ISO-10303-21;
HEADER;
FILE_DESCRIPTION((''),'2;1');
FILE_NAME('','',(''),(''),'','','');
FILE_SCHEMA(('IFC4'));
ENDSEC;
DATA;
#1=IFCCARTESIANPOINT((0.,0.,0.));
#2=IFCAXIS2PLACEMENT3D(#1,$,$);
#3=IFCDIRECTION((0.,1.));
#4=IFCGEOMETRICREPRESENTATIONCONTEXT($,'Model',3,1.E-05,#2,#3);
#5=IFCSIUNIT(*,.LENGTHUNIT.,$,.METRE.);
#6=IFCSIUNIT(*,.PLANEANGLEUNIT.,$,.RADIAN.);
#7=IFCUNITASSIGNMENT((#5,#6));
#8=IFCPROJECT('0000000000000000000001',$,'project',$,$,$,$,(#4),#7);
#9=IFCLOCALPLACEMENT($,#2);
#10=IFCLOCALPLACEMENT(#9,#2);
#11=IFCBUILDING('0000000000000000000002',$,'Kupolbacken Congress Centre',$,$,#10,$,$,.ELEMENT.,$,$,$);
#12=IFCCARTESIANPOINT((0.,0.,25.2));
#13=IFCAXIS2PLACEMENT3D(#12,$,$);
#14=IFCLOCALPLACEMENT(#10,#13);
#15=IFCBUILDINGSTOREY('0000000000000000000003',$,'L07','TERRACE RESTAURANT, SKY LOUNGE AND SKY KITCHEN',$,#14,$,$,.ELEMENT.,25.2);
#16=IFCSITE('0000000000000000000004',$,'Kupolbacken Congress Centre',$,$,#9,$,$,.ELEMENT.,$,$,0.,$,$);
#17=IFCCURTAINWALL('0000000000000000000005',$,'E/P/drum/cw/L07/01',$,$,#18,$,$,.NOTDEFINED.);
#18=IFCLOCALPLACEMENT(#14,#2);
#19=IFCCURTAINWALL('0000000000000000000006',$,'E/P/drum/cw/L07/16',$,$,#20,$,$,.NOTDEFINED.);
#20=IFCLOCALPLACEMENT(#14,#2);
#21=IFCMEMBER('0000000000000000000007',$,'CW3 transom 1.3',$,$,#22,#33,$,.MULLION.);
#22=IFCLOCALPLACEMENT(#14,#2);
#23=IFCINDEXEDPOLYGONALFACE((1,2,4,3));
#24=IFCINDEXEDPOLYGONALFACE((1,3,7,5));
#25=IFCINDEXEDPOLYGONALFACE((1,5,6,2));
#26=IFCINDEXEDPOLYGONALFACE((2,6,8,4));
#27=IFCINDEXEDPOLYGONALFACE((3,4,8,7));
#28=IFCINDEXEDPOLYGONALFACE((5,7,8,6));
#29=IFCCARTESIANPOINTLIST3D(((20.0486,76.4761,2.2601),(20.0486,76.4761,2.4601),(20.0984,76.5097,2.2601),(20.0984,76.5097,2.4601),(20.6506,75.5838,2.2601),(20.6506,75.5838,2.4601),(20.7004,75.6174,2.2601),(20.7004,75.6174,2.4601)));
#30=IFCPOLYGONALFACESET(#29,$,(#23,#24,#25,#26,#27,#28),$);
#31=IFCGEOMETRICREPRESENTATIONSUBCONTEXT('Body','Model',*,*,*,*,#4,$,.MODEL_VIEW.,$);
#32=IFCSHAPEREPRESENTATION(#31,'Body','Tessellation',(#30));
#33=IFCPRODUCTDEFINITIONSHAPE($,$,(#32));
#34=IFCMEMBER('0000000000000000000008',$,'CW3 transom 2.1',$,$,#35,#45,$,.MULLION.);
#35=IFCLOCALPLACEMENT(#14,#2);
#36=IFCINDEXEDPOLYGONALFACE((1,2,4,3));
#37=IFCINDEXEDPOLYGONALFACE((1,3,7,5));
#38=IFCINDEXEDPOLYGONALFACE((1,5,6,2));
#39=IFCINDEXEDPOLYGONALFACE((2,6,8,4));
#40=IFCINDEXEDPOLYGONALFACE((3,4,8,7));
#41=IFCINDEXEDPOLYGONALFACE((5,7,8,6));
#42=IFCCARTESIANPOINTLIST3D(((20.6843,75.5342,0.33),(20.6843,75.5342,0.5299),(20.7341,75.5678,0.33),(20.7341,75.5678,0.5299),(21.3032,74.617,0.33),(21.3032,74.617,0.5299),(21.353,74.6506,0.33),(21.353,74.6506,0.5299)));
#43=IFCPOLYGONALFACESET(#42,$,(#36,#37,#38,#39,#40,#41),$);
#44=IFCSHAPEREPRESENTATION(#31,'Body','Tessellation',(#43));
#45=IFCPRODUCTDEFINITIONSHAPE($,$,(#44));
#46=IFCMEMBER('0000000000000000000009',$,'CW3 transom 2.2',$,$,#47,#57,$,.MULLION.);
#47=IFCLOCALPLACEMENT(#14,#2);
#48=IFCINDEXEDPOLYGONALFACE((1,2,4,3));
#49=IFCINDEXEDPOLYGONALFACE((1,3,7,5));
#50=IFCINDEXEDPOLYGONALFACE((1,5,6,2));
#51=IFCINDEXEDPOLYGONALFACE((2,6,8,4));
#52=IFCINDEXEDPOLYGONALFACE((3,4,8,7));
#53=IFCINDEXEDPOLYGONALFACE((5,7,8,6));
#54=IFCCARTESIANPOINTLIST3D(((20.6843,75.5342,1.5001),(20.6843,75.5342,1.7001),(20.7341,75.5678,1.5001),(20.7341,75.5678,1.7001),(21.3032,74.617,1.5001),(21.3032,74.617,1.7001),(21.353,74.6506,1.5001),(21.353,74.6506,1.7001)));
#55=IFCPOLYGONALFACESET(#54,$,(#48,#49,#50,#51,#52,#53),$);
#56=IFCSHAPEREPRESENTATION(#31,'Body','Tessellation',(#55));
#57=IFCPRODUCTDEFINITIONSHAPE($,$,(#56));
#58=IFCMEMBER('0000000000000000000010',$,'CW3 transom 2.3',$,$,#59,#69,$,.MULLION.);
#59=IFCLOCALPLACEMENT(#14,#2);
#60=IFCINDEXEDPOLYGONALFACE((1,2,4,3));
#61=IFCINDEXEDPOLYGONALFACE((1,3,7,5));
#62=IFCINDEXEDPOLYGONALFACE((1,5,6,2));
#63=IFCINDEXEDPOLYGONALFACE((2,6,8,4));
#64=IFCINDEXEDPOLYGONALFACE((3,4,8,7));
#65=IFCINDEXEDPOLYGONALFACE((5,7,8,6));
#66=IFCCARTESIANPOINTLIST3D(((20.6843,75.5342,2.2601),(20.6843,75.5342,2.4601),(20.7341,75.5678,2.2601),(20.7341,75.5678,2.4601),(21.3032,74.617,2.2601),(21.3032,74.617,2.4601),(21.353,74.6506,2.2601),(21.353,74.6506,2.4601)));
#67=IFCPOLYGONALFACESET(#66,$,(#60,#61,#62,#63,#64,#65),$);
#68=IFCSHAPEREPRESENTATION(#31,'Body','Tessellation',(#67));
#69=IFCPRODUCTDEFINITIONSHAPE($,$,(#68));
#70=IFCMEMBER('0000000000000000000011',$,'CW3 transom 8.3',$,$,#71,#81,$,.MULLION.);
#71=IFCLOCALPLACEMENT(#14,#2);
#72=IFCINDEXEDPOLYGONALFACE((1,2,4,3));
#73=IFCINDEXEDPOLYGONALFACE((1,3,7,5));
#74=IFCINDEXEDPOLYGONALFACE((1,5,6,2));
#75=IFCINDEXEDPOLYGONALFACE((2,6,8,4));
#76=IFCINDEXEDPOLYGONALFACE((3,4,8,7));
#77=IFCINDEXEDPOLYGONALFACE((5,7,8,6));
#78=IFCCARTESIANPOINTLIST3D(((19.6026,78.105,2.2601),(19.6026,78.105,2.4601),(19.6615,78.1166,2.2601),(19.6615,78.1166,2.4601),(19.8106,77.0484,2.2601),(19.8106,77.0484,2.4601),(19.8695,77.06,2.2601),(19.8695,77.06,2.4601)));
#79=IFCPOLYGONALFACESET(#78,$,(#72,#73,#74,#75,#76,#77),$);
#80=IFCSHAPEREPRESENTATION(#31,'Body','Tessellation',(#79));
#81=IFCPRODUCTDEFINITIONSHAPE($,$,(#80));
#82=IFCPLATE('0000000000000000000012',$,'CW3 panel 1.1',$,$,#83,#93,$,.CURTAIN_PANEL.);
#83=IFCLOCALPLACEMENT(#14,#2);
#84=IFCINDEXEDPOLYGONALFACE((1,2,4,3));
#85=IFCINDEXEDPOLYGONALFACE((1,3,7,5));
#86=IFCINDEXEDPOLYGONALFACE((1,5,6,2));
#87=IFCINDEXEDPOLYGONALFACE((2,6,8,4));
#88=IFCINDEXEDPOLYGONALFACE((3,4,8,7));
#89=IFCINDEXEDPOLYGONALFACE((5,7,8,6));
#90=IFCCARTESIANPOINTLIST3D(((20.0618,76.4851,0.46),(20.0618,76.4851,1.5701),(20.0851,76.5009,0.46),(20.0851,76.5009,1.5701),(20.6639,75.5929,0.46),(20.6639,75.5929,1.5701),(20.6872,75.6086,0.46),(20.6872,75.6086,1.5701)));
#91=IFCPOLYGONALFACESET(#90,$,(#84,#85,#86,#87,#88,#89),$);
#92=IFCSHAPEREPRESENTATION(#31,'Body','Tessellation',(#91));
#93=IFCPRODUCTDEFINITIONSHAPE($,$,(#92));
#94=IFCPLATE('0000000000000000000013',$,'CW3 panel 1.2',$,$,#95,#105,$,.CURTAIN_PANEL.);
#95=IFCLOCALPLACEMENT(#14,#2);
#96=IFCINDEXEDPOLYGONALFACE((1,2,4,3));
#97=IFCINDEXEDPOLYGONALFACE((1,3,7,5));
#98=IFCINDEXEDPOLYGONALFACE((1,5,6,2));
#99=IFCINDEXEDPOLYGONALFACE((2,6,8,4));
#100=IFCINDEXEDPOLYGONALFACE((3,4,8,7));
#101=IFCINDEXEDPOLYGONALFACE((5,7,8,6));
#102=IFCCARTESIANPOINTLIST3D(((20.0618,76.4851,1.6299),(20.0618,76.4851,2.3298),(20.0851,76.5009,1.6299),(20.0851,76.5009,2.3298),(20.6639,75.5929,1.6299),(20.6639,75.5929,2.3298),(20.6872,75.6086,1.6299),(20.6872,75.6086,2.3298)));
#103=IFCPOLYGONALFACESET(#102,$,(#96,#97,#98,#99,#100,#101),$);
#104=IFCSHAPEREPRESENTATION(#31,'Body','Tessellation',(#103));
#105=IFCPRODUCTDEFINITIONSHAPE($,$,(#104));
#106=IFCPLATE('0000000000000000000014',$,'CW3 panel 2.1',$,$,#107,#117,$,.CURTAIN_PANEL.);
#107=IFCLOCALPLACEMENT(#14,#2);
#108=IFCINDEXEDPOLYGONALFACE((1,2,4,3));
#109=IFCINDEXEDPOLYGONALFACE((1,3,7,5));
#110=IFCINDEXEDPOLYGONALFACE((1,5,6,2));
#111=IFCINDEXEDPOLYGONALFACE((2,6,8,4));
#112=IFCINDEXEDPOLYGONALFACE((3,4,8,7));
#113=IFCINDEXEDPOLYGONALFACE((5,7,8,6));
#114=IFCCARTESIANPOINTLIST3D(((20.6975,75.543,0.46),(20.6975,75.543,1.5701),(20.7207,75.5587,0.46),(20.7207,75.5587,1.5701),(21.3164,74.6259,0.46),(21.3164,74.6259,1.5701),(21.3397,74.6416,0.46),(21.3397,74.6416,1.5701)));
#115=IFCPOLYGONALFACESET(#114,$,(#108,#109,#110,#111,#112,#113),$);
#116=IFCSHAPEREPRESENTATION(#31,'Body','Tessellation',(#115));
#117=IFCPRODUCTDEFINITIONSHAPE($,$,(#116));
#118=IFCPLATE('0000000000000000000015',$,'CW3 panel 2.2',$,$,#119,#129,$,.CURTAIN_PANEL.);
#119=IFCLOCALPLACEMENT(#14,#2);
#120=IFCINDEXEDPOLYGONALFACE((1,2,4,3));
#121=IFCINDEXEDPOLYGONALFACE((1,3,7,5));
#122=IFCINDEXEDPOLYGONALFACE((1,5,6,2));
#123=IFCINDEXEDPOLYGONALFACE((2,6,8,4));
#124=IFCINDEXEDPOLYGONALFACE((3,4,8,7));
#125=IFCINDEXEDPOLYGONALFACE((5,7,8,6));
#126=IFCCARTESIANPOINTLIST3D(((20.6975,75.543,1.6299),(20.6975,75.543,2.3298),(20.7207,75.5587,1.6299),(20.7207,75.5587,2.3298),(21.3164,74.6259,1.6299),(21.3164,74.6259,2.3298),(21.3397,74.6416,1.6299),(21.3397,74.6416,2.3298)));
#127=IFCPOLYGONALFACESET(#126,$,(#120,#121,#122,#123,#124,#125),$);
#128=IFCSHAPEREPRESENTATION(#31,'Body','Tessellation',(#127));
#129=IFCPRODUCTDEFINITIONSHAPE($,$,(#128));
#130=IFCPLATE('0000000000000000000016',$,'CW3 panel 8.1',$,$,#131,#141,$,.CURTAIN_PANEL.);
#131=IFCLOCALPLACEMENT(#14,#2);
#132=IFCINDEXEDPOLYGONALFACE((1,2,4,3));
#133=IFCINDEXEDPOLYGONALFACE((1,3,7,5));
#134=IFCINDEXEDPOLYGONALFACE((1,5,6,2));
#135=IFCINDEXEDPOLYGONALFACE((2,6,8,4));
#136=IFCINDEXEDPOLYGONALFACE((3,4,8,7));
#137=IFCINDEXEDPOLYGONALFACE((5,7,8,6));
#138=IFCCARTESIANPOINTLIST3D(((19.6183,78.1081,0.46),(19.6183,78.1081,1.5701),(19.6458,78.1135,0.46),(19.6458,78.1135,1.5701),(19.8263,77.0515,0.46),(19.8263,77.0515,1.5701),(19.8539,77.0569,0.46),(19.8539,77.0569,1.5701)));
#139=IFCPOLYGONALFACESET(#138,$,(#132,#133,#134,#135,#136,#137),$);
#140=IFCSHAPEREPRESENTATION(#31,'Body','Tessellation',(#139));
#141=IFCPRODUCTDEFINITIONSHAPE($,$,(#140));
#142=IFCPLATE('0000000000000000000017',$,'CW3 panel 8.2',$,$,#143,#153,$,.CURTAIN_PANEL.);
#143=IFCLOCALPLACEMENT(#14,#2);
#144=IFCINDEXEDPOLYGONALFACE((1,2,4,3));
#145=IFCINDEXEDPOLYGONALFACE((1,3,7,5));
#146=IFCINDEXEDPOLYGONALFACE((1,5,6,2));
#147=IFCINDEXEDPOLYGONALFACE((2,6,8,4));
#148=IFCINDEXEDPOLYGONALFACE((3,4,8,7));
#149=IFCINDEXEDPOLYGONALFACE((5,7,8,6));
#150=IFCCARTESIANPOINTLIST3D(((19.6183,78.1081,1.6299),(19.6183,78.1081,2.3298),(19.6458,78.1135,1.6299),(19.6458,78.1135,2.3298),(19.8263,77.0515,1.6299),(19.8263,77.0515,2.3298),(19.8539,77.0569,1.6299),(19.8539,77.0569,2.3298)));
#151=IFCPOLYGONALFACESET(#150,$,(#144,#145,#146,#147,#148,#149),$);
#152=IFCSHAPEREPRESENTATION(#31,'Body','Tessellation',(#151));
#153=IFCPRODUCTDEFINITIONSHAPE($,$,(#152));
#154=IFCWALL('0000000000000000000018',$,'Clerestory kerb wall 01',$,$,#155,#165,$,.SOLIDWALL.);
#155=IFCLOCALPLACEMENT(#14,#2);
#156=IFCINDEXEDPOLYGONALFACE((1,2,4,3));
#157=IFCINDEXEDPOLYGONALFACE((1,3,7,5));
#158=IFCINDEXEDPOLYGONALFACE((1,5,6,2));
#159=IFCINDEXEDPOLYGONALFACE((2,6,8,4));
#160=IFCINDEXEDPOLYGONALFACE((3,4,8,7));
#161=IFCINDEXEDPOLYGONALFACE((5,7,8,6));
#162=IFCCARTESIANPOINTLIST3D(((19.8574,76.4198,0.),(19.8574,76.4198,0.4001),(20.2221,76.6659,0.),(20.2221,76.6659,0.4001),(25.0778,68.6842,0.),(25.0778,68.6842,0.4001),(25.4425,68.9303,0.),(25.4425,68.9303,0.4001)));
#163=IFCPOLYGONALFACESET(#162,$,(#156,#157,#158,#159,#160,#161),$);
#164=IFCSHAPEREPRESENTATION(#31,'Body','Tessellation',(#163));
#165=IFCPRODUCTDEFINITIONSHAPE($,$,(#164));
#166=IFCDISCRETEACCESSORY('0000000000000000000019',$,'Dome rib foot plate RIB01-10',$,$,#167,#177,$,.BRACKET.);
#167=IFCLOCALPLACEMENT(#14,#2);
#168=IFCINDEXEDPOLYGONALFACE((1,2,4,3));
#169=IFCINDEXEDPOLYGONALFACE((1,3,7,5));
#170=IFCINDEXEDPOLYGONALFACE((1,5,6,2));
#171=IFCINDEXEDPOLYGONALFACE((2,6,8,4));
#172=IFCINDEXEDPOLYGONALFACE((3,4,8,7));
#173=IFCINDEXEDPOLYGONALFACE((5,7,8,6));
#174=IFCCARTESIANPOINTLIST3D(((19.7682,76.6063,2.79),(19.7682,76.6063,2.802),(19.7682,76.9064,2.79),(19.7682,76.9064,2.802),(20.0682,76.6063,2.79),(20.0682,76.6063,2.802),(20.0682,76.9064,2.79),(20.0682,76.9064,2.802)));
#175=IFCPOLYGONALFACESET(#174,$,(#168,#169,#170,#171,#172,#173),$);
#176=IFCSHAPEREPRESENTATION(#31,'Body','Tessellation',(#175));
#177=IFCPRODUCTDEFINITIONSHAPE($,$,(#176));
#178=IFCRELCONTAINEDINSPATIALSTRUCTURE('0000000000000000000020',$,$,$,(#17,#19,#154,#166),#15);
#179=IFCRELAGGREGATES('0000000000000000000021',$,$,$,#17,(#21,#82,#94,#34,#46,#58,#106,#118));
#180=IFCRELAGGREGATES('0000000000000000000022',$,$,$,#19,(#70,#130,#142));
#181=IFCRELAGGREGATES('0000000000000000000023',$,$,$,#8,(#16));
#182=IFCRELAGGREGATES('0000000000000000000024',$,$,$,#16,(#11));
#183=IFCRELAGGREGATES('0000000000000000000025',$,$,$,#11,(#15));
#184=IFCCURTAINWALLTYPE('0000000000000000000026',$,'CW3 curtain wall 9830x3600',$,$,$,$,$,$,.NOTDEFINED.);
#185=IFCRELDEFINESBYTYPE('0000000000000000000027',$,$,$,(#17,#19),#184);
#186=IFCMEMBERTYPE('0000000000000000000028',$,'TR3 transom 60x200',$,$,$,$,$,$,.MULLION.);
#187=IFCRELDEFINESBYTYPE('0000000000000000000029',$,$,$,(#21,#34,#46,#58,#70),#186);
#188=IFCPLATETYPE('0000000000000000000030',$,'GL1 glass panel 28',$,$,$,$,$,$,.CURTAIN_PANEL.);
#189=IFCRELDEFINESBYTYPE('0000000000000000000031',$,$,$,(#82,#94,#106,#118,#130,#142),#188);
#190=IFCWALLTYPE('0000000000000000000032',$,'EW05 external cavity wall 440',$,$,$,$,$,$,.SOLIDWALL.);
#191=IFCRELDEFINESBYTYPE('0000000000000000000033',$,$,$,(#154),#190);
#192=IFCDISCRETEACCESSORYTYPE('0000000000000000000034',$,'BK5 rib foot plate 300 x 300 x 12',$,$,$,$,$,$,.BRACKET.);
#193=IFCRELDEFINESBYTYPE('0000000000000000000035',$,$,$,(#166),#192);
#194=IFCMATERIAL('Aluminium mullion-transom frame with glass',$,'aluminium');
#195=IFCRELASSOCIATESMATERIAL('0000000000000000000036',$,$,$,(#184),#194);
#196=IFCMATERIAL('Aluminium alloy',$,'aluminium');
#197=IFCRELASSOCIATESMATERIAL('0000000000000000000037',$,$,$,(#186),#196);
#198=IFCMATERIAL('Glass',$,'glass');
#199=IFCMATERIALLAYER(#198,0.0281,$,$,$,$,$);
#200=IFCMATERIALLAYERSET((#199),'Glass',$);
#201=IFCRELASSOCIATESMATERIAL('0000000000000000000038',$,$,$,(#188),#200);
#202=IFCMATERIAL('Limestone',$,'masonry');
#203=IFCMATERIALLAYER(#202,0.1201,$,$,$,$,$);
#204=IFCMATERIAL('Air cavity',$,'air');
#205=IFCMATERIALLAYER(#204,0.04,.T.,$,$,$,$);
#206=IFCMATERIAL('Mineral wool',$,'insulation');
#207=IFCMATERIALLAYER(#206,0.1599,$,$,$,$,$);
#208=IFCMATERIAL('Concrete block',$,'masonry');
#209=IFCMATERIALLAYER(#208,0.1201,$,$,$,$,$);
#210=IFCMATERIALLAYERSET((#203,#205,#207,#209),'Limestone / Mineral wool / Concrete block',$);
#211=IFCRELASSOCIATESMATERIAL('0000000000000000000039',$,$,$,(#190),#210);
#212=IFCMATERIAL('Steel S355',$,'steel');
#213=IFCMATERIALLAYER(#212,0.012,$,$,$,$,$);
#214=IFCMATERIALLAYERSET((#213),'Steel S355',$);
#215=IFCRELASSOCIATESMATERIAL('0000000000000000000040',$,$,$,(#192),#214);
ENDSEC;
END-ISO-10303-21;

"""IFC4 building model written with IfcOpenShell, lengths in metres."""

from ifc_helpers import new_model, si_unit, direction, frame, frame_2d, origin, origin_2d, place, context, subcontext, project, spatial, rectangle, extrude, material, layer, layer_set, material_profile, profile_set, type_object, element, aggregate, save


model = new_model("IFC4")

# Units and contexts
model_context = context("Model", 3, precision=1e-05, world=origin(), true_north=direction((0.0, 1.0)))
body_context = subcontext(model_context, "Body", "Model", "MODEL_VIEW")
ifc_project = project(units=[si_unit("LENGTHUNIT", "METRE"), si_unit("PLANEANGLEUNIT", "RADIAN")], contexts=[model_context])

# Site, building, storey
site_placement = place(None, origin())
site = spatial("IfcSite", under=ifc_project, at=site_placement, Name="Kupolbacken Congress Centre", CompositionType="ELEMENT", RefElevation=0.0)
building_placement = place(site_placement, origin())
building = spatial("IfcBuilding", under=site, at=building_placement, Name="Kupolbacken Congress Centre", CompositionType="ELEMENT")
storey_placement = place(building_placement, frame((0.0, 0.0, 25.2)))
storey = spatial("IfcBuildingStorey", under=building, at=storey_placement, Name="L07", Description="TERRACE RESTAURANT, SKY LOUNGE AND SKY KITCHEN", CompositionType="ELEMENT", Elevation=25.2)

# Curtain wall
ifc_material_1 = material(Name="Aluminium mullion-transom frame with glass", Category="aluminium")
curtain_wall_type = type_object("IfcCurtainWallType", Name="CW3 curtain wall 9830x3600", PredefinedType="NOTDEFINED", material=ifc_material_1)
curtain_wall_1_placement = place(storey_placement, origin())
curtain_wall_1 = element("IfcCurtainWall", 1, at=curtain_wall_1_placement, inside=storey, type_object=curtain_wall_type, Name="E/P/drum/cw/L07/01", PredefinedType="NOTDEFINED")

# Curtain wall
curtain_wall_2_placement = place(storey_placement, origin())
curtain_wall_2 = element("IfcCurtainWall", 2, at=curtain_wall_2_placement, inside=storey, type_object=curtain_wall_type, Name="E/P/drum/cw/L07/16", PredefinedType="NOTDEFINED")

# Members
ifc_material_2 = material(Name="Aluminium alloy", Category="aluminium")
ifc_material_profile_1 = material_profile(ifc_material_2, rectangle(XDim=0.0601, YDim=0.2, at=origin_2d()), Name="60 x 200")
ifc_profile_set_1 = profile_set([ifc_material_profile_1], Name="Aluminium alloy")
member_type_1 = type_object("IfcMemberType", Name="TR3 transom 60x200", PredefinedType="MULLION", material=ifc_profile_set_1)
member_1_placement = place(storey_placement, frame((20.0735, 76.4929, 2.3601), z_axis=(0.559298, -0.828967, 0.0), x_axis=(0.828967, 0.559298, 0.0)))
member_1 = element("IfcMember", 3, at=member_1_placement, type_object=member_type_1, Name="CW3 transom 1.3", PredefinedType="MULLION", context=body_context, shape_type="SweptSolid", body=[
    extrude(rectangle(XDim=0.0601, YDim=0.2, at=origin_2d()), origin(), (0.0, 0.0, 1.0), 1.0764),
])
member_2_placement = place(storey_placement, frame((20.7092, 75.551, 0.4299), z_axis=(0.559325, -0.828948, 0.0), x_axis=(0.828948, 0.559325, 0.0)))
member_2 = element("IfcMember", 4, at=member_2_placement, type_object=member_type_1, Name="CW3 transom 2.1", PredefinedType="MULLION", context=body_context, shape_type="SweptSolid", body=[
    extrude(rectangle(XDim=0.0601, YDim=0.2, at=origin_2d()), origin(), (0.0, 0.0, 1.0), 1.1064),
])
member_3_placement = place(storey_placement, frame((20.7092, 75.551, 1.6001), z_axis=(0.559325, -0.828948, 0.0), x_axis=(0.828948, 0.559325, 0.0)))
member_3 = element("IfcMember", 5, at=member_3_placement, type_object=member_type_1, Name="CW3 transom 2.2", PredefinedType="MULLION", context=body_context, shape_type="SweptSolid", body=[
    extrude(rectangle(XDim=0.0601, YDim=0.2, at=origin_2d()), origin(), (0.0, 0.0, 1.0), 1.1064),
])
member_4_placement = place(storey_placement, frame((20.7092, 75.551, 2.3601), z_axis=(0.559325, -0.828948, 0.0), x_axis=(0.828948, 0.559325, 0.0)))
member_4 = element("IfcMember", 6, at=member_4_placement, type_object=member_type_1, Name="CW3 transom 2.3", PredefinedType="MULLION", context=body_context, shape_type="SweptSolid", body=[
    extrude(rectangle(XDim=0.0601, YDim=0.2, at=origin_2d()), origin(), (0.0, 0.0, 1.0), 1.1064),
])
member_5_placement = place(storey_placement, frame((19.6321, 78.1108, 2.3601), z_axis=(0.193151, -0.981169, 0.0), x_axis=(0.981169, 0.193151, 0.0)))
member_5 = element("IfcMember", 7, at=member_5_placement, type_object=member_type_1, Name="CW3 transom 8.3", PredefinedType="MULLION", context=body_context, shape_type="SweptSolid", body=[
    extrude(rectangle(XDim=0.0601, YDim=0.2, at=origin_2d()), origin(), (0.0, 0.0, 1.0), 1.0769),
])

# Plates
ifc_material_3 = material(Name="Glass", Category="glass")
ifc_layer_1 = layer(ifc_material_3, 0.0281)
ifc_layer_set_1 = layer_set([ifc_layer_1], Name="Glass")
plate_type = type_object("IfcPlateType", Name="GL1 glass panel 28", PredefinedType="CURTAIN_PANEL", material=ifc_layer_set_1)
plate_1_placement = place(storey_placement, frame((20.3745, 76.0469, 0.46), z_axis=(0.0, 0.0, 1.0), x_axis=(0.559386, -0.828908, 0.0)))
plate_1 = element("IfcPlate", 8, at=plate_1_placement, type_object=plate_type, Name="CW3 panel 1.1", PredefinedType="CURTAIN_PANEL", context=body_context, shape_type="SweptSolid", body=[
    extrude(rectangle(XDim=1.0764, YDim=0.0281, at=origin_2d()), origin(), (0.0, 0.0, 1.0), 1.1101),
])
plate_2_placement = place(storey_placement, frame((20.3745, 76.0469, 1.6299), z_axis=(0.0, 0.0, 1.0), x_axis=(0.559386, -0.828908, 0.0)))
plate_2 = element("IfcPlate", 9, at=plate_2_placement, type_object=plate_type, Name="CW3 panel 1.2", PredefinedType="CURTAIN_PANEL", context=body_context, shape_type="SweptSolid", body=[
    extrude(rectangle(XDim=1.0764, YDim=0.0281, at=origin_2d()), origin(), (0.0, 0.0, 1.0), 0.7),
])
plate_3_placement = place(storey_placement, frame((21.0186, 75.0923, 0.46), z_axis=(0.0, 0.0, 1.0), x_axis=(0.559386, -0.828908, 0.0)))
plate_3 = element("IfcPlate", 10, at=plate_3_placement, type_object=plate_type, Name="CW3 panel 2.1", PredefinedType="CURTAIN_PANEL", context=body_context, shape_type="SweptSolid", body=[
    extrude(rectangle(XDim=1.1064, YDim=0.0281, at=origin_2d()), origin(), (0.0, 0.0, 1.0), 1.1101),
])
plate_4_placement = place(storey_placement, frame((21.0186, 75.0923, 1.6299), z_axis=(0.0, 0.0, 1.0), x_axis=(0.559386, -0.828908, 0.0)))
plate_4 = element("IfcPlate", 11, at=plate_4_placement, type_object=plate_type, Name="CW3 panel 2.2", PredefinedType="CURTAIN_PANEL", context=body_context, shape_type="SweptSolid", body=[
    extrude(rectangle(XDim=1.1064, YDim=0.0281, at=origin_2d()), origin(), (0.0, 0.0, 1.0), 0.7),
])
aggregate(curtain_wall_1, [member_1, plate_1, plate_2, member_2, member_3, member_4, plate_3, plate_4])
plate_5_placement = place(storey_placement, frame((19.7361, 77.5825, 0.46), z_axis=(0.0, 0.0, 1.0), x_axis=(0.193182, -0.981163, 0.0)))
plate_5 = element("IfcPlate", 12, at=plate_5_placement, type_object=plate_type, Name="CW3 panel 8.1", PredefinedType="CURTAIN_PANEL", context=body_context, shape_type="SweptSolid", body=[
    extrude(rectangle(XDim=1.0769, YDim=0.0281, at=origin_2d()), origin(), (0.0, 0.0, 1.0), 1.1101),
])
plate_6_placement = place(storey_placement, frame((19.7361, 77.5825, 1.6299), z_axis=(0.0, 0.0, 1.0), x_axis=(0.193182, -0.981163, 0.0)))
plate_6 = element("IfcPlate", 13, at=plate_6_placement, type_object=plate_type, Name="CW3 panel 8.2", PredefinedType="CURTAIN_PANEL", context=body_context, shape_type="SweptSolid", body=[
    extrude(rectangle(XDim=1.0769, YDim=0.0281, at=origin_2d()), origin(), (0.0, 0.0, 1.0), 0.7),
])
aggregate(curtain_wall_2, [member_5, plate_5, plate_6])

# Wall
ifc_material_4 = material(Name="Limestone", Category="masonry")
ifc_layer_2 = layer(ifc_material_4, 0.1201)
ifc_material_5 = material(Name="Air cavity", Category="air")
ifc_layer_3 = layer(ifc_material_5, 0.04, ventilated=True)
ifc_material_6 = material(Name="Mineral wool", Category="insulation")
ifc_layer_4 = layer(ifc_material_6, 0.1599)
ifc_material_7 = material(Name="Concrete block", Category="masonry")
ifc_layer_5 = layer(ifc_material_7, 0.1201)
ifc_layer_set_2 = layer_set([ifc_layer_2, ifc_layer_3, ifc_layer_4, ifc_layer_5], Name="Limestone / Mineral wool / Concrete block")
wall_type = type_object("IfcWallType", Name="EW05 external cavity wall 440", PredefinedType="SOLIDWALL", material=ifc_layer_set_2)
wall_placement = place(storey_placement, frame((20.0398, 76.5427, 0.0), z_axis=(0.0, 0.0, 1.0), x_axis=(0.559394, -0.828902, 0.0)))
element("IfcWall", 14, at=wall_placement, inside=storey, type_object=wall_type, Name="Clerestory kerb wall 01", PredefinedType="SOLIDWALL", context=body_context, shape_type="SweptSolid", body=[
    extrude(rectangle(XDim=9.3323, YDim=0.4399, at=frame_2d((4.666, 0.0))), origin(), (0.0, 0.0, 1.0), 0.4001),
])

# Discrete accessory
ifc_material_8 = material(Name="Steel S355", Category="steel")
ifc_layer_6 = layer(ifc_material_8, 0.012)
ifc_layer_set_3 = layer_set([ifc_layer_6], Name="Steel S355")
discrete_accessory_type = type_object("IfcDiscreteAccessoryType", Name="BK5 rib foot plate 300 x 300 x 12", PredefinedType="BRACKET", material=ifc_layer_set_3)
discrete_accessory_placement = place(storey_placement, frame((19.9182, 76.7563, 2.79), z_axis=(0.0, 0.0, 1.0), x_axis=(1.0, 0.0, 0.0)))
element("IfcDiscreteAccessory", 15, at=discrete_accessory_placement, inside=storey, type_object=discrete_accessory_type, Name="Dome rib foot plate RIB01-10", PredefinedType="BRACKET", context=body_context, shape_type="SweptSolid", body=[
    extrude(rectangle(XDim=0.3, YDim=0.3, at=origin_2d()), origin(), (0.0, 0.0, 1.0), 0.012),
])

save(model, "model.ifc")
